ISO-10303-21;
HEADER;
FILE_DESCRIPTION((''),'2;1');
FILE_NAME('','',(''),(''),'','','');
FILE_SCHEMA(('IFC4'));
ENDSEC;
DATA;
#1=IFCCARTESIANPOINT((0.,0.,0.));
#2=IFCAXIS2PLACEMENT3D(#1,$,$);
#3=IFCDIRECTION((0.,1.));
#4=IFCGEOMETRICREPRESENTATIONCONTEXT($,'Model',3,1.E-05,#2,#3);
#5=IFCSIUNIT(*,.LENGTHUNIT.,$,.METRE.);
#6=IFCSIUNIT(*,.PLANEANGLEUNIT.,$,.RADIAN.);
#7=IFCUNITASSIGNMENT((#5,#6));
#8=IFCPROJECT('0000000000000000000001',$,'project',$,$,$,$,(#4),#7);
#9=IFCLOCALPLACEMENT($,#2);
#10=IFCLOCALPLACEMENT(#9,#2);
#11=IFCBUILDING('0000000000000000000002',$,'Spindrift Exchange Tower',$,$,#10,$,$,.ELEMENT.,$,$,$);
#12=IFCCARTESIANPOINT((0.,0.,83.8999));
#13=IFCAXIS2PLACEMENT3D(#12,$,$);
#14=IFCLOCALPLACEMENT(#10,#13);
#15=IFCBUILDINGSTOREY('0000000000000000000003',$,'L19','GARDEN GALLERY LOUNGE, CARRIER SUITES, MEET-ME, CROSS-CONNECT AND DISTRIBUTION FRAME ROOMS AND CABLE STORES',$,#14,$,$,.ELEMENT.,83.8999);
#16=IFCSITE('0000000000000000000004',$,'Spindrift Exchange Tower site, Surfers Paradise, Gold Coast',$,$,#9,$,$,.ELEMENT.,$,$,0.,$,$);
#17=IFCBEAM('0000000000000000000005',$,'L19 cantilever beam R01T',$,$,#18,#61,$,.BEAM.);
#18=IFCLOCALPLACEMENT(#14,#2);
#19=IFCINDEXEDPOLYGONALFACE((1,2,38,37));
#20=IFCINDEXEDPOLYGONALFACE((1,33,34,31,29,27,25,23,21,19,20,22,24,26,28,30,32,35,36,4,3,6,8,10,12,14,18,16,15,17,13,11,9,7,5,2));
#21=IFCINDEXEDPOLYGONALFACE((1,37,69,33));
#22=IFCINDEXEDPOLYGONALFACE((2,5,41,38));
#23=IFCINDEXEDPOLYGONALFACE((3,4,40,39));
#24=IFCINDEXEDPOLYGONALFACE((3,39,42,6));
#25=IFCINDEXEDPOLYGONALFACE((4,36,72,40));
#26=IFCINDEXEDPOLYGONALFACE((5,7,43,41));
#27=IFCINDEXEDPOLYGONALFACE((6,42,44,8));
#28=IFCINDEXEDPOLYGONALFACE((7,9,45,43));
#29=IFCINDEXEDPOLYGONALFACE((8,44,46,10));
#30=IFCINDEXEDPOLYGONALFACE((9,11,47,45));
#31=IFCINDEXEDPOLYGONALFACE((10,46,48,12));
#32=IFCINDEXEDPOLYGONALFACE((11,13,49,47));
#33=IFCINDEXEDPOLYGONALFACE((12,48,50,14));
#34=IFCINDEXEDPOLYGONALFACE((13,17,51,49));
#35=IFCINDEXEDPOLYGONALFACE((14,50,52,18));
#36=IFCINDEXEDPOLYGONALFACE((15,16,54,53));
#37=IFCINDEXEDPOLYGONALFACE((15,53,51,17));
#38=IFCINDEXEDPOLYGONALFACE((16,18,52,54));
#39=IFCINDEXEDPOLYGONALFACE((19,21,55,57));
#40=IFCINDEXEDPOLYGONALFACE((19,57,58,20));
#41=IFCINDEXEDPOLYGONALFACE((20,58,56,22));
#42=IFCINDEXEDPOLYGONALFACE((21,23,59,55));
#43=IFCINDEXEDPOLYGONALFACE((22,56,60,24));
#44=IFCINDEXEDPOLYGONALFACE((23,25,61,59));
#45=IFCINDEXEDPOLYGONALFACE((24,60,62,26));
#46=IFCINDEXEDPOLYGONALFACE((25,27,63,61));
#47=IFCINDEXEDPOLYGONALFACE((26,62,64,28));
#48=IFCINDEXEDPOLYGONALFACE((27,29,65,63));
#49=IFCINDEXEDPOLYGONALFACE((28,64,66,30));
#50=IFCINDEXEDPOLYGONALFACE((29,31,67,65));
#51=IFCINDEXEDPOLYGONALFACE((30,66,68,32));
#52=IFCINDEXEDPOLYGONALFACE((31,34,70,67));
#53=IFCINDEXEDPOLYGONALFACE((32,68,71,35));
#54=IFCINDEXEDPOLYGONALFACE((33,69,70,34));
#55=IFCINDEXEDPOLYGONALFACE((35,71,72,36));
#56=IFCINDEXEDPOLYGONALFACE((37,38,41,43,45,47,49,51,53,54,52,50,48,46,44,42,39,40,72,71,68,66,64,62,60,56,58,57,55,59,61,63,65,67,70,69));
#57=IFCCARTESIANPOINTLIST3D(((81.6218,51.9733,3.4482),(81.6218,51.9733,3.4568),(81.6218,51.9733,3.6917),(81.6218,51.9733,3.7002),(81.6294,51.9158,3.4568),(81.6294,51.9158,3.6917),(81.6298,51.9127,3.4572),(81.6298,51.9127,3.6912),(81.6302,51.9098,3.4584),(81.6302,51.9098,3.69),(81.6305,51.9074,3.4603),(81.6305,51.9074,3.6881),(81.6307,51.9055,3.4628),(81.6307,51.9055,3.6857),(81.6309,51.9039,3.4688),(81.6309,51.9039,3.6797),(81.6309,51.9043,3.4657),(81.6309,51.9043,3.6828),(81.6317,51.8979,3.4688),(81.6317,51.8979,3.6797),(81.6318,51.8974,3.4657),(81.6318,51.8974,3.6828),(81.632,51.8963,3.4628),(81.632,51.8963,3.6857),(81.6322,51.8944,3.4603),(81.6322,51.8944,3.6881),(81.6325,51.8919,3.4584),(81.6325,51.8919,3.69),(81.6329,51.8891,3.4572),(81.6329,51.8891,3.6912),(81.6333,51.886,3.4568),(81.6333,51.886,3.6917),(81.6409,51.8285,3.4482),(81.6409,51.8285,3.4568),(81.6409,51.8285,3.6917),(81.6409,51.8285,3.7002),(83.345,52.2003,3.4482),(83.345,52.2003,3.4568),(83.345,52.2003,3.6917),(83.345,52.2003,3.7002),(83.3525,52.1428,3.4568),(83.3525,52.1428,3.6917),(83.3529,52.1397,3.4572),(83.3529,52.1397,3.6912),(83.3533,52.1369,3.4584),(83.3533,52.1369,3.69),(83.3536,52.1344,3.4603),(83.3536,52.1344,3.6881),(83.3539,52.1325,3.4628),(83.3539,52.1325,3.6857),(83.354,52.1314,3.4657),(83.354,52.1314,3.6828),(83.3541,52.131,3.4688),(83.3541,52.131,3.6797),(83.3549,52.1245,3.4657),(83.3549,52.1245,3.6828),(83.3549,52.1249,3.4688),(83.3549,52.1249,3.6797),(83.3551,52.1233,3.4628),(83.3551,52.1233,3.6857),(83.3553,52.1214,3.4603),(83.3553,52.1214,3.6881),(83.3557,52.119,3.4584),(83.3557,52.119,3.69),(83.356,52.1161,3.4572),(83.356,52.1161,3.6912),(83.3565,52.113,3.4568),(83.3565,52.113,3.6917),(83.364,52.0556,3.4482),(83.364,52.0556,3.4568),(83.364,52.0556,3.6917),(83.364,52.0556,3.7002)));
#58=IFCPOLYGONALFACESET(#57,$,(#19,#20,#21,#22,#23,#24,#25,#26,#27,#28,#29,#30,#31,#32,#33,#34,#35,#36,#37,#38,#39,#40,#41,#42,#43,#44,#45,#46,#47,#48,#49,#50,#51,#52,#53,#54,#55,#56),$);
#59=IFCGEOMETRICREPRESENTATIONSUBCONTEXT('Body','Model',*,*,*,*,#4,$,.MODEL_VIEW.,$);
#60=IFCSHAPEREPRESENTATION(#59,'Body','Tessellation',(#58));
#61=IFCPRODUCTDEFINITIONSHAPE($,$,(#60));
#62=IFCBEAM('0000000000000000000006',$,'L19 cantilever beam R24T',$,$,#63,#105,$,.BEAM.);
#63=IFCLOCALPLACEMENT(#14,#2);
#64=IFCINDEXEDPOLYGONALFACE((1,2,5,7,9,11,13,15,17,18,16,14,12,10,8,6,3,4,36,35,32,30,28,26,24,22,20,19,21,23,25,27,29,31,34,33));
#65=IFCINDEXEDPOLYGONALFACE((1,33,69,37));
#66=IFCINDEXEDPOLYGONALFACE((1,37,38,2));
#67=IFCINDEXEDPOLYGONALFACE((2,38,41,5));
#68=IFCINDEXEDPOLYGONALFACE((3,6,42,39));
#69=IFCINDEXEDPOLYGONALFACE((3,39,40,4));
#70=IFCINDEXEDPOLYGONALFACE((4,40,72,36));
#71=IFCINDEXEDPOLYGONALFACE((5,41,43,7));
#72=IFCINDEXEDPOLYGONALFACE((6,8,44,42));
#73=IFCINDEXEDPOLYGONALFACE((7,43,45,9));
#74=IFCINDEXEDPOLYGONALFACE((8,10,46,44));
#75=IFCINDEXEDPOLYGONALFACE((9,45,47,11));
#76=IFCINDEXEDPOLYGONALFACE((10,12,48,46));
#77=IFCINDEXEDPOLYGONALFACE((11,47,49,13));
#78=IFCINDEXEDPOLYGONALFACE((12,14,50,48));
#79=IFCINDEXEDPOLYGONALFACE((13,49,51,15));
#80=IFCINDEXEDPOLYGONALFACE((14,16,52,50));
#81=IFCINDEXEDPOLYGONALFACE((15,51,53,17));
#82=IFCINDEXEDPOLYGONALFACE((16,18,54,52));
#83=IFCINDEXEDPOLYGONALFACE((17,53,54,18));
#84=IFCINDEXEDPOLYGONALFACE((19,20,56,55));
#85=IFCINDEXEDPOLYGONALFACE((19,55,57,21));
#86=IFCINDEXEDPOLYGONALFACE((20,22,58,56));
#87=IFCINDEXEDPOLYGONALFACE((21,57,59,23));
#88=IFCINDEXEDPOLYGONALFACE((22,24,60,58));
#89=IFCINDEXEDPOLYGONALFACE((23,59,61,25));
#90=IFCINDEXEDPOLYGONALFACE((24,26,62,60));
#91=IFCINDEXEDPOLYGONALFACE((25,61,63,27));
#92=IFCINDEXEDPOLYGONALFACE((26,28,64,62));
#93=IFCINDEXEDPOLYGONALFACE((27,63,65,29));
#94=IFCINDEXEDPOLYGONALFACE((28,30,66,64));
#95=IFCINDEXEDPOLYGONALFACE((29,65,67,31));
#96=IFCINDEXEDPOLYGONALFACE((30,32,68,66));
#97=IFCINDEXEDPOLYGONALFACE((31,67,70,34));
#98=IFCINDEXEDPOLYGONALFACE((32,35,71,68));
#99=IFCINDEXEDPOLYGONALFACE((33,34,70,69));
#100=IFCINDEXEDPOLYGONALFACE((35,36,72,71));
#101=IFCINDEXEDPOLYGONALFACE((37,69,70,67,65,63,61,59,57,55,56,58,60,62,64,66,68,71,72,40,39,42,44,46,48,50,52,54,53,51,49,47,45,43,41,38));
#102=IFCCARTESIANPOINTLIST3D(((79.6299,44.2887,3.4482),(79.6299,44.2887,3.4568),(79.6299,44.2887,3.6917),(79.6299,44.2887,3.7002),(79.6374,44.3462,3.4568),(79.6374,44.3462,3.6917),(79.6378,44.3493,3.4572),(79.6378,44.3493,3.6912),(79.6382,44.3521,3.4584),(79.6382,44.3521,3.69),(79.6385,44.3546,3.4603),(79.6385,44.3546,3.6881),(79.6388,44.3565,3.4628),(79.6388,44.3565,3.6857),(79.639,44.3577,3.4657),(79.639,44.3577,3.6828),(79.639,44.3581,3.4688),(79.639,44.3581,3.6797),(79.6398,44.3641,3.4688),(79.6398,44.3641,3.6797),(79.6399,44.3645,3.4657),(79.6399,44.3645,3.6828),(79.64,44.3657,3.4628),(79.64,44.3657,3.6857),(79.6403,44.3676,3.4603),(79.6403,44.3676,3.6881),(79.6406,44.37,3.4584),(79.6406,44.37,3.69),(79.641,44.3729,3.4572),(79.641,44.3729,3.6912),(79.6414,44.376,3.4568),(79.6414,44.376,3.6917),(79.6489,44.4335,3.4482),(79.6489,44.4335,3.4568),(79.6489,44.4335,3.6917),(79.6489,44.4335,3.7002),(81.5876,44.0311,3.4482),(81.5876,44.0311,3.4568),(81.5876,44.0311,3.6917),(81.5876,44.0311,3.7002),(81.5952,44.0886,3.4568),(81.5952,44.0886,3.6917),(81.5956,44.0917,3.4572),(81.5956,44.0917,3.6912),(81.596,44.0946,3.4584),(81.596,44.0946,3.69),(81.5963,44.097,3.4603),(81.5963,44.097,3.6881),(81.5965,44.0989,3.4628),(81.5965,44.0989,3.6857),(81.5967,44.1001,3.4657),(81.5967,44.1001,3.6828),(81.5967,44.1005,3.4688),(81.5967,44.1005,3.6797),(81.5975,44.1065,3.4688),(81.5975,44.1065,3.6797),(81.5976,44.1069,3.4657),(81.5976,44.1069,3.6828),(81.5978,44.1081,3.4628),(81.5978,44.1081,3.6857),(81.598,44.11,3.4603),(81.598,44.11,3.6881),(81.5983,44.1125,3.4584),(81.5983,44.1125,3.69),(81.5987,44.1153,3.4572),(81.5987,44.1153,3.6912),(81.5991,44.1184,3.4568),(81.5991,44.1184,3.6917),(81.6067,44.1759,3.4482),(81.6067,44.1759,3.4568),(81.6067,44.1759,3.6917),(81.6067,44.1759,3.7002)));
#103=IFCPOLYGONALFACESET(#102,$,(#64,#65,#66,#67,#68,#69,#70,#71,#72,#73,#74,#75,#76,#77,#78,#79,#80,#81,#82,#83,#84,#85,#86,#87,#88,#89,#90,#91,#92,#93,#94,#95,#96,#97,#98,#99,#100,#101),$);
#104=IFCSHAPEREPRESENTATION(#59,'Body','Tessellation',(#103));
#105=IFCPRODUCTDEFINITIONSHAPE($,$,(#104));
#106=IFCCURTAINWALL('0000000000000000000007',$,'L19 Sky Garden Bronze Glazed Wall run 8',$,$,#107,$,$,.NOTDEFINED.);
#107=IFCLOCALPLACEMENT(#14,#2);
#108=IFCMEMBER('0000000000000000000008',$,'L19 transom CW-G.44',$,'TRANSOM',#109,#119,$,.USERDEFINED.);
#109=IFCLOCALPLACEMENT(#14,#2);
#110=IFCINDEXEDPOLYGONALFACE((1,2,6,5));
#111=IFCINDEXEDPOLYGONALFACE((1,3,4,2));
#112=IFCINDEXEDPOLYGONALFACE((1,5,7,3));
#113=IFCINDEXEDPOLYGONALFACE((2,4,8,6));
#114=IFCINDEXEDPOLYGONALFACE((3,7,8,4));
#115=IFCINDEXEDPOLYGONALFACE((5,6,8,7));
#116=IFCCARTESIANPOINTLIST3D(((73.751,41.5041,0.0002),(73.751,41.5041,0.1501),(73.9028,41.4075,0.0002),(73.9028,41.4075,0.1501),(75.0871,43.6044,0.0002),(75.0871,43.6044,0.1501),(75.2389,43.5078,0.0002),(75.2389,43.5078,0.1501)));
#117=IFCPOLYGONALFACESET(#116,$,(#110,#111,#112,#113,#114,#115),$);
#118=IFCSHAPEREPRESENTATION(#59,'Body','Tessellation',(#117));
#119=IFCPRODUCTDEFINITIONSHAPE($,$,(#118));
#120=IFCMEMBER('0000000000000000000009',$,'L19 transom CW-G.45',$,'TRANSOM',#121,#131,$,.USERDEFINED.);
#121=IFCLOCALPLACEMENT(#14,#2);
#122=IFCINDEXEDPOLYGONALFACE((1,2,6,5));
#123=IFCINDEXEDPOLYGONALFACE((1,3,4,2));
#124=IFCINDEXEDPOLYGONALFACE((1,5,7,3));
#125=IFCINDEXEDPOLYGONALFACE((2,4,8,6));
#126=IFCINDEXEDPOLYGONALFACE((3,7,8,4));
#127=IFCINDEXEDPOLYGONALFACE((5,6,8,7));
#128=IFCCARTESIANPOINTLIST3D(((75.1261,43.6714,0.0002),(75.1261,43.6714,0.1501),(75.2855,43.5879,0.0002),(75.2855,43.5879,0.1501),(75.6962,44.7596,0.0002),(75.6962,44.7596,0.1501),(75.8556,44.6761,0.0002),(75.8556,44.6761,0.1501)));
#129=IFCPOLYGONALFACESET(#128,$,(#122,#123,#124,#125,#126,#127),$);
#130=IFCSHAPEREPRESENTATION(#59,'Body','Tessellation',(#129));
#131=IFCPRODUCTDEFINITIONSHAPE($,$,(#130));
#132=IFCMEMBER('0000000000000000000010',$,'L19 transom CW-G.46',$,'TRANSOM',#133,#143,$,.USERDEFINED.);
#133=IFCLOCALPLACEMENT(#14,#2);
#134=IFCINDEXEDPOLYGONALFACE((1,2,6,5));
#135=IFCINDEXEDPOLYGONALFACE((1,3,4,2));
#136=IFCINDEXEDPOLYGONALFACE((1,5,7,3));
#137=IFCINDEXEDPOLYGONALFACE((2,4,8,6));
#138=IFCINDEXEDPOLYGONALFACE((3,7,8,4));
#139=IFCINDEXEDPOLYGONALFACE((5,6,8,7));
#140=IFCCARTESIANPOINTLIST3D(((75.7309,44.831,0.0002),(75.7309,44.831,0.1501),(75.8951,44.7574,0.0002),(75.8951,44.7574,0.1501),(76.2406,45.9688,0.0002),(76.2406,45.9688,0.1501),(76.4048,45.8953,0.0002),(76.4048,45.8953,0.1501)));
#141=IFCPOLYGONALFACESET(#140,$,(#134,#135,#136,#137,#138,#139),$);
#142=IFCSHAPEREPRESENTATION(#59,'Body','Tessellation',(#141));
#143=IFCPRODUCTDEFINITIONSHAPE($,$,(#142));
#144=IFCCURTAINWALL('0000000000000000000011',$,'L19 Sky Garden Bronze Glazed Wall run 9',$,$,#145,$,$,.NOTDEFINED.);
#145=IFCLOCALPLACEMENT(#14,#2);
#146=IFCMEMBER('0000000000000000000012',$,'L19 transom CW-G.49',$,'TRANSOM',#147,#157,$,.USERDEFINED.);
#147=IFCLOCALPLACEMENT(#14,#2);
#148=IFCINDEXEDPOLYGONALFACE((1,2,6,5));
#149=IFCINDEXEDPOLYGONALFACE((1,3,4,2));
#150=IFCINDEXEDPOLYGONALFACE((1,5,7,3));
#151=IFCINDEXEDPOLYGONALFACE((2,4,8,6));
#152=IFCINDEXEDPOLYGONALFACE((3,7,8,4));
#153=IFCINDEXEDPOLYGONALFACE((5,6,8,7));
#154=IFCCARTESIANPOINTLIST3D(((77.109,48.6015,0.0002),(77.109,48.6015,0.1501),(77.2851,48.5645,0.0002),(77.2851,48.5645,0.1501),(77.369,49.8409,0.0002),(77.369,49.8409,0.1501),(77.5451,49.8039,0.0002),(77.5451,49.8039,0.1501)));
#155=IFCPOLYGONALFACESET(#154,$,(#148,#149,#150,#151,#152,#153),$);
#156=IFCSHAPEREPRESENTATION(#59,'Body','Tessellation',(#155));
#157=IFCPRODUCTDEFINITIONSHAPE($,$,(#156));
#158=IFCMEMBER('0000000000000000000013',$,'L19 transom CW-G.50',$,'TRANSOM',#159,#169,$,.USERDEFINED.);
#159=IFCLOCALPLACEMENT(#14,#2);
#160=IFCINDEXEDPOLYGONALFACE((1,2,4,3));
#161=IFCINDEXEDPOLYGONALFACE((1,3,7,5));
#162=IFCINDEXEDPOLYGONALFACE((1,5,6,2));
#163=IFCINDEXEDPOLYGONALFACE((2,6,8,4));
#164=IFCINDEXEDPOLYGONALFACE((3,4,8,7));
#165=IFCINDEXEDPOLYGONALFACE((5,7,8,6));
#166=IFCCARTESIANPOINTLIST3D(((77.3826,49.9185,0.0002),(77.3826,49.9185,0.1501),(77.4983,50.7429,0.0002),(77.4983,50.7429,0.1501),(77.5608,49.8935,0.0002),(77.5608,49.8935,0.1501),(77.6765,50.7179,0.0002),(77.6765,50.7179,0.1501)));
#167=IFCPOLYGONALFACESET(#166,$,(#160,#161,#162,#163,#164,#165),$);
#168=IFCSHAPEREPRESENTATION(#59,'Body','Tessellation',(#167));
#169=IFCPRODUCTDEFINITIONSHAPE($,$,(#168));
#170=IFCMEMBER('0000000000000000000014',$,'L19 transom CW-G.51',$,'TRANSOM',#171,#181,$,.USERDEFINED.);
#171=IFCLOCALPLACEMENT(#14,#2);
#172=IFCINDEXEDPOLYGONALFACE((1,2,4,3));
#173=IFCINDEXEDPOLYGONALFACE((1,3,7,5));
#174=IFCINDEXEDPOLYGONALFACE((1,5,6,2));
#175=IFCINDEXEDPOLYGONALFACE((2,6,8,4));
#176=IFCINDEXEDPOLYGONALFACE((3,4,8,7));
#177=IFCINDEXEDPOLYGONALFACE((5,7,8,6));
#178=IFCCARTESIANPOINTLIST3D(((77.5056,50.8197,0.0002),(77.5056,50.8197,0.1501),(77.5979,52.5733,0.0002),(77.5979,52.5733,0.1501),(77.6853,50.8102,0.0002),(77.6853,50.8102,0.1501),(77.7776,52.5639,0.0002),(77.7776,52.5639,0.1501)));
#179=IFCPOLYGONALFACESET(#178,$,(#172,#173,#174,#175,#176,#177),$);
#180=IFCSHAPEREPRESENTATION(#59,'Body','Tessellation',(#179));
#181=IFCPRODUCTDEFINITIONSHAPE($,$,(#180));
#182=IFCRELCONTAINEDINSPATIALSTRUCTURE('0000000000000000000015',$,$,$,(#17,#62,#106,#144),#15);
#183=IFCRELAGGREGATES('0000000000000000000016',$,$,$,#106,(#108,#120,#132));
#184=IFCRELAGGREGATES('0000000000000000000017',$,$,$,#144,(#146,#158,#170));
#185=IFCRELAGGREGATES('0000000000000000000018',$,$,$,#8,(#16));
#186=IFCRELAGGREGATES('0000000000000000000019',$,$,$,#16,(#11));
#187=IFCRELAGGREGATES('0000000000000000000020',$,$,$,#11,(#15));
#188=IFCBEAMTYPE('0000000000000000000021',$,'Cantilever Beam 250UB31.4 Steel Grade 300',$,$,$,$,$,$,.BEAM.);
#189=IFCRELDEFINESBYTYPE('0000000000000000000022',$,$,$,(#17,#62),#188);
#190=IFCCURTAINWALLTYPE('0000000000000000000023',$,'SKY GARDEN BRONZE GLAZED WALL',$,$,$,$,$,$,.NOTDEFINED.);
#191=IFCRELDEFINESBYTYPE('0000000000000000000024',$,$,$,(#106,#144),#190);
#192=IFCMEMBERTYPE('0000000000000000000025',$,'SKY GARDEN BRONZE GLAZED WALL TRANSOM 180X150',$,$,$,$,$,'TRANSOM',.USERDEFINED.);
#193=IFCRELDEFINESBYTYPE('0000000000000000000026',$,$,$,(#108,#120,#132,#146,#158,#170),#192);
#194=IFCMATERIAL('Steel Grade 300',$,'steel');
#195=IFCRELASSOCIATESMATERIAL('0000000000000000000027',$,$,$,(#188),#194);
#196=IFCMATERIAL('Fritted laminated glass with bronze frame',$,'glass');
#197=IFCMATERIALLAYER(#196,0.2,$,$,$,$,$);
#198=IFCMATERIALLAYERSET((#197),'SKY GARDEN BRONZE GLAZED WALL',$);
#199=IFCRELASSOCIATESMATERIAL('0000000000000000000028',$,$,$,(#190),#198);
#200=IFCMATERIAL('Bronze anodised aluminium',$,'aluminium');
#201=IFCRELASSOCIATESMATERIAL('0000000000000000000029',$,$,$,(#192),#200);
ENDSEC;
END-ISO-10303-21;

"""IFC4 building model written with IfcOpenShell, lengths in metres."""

from ifc_helpers import new_model, si_unit, direction, frame, origin, origin_2d, place, context, subcontext, project, spatial, rectangle, i_section, extrude, source, transform, mapped, material, layer, layer_set, material_profile, profile_set, type_object, element, aggregate, save


model = new_model("IFC4")

# Units and contexts
model_context = context("Model", 3, precision=1e-05, world=origin(), true_north=direction((0.0, 1.0)))
body_context = subcontext(model_context, "Body", "Model", "MODEL_VIEW")
ifc_project = project(units=[si_unit("LENGTHUNIT", "METRE"), si_unit("PLANEANGLEUNIT", "RADIAN")], contexts=[model_context])

# Site, building, storey
site_placement = place(None, origin())
site = spatial("IfcSite", under=ifc_project, at=site_placement, Name="Spindrift Exchange Tower site, Surfers Paradise, Gold Coast", CompositionType="ELEMENT", RefElevation=0.0)
building_placement = place(site_placement, origin())
building = spatial("IfcBuilding", under=site, at=building_placement, Name="Spindrift Exchange Tower", CompositionType="ELEMENT")
storey_placement = place(building_placement, frame((0.0, 0.0, 83.8999)))
storey = spatial("IfcBuildingStorey", under=building, at=storey_placement, Name="L19", Description="GARDEN GALLERY LOUNGE, CARRIER SUITES, MEET-ME, CROSS-CONNECT AND DISTRIBUTION FRAME ROOMS AND CABLE STORES", CompositionType="ELEMENT", Elevation=83.8999)

# Beams
ifc_material_1 = material(Name="Steel Grade 300", Category="steel")
ifc_material_profile_1 = material_profile(ifc_material_1, i_section(OverallWidth=0.146, OverallDepth=0.252, WebThickness=0.0061, FlangeThickness=0.0085, FilletRadius=0.012, at=origin_2d()), Name="250UB31.4")
ifc_profile_set_1 = profile_set([ifc_material_profile_1], Name="Steel Grade 300")
beam_type_1 = type_object("IfcBeamType", Name="Cantilever Beam 250UB31.4 Steel Grade 300", PredefinedType="BEAM", material=ifc_profile_set_1)
shared_shape_1 = source(origin(), body_context, "Body", "SweptSolid", [
    extrude(i_section(OverallWidth=0.146, OverallDepth=0.252, WebThickness=0.0061, FlangeThickness=0.0085, FilletRadius=0.012, at=origin_2d()), origin(), (0.0, 0.0, 1.0), 1.738),
])
beam_1_placement = place(storey_placement, frame((81.6313, 51.9009, 3.5742), z_axis=(0.99143, 0.130636, 0.0), x_axis=(-0.130636, 0.99143, 0.0)))
element("IfcBeam", 1, at=beam_1_placement, inside=storey, type_object=beam_type_1, Name="L19 cantilever beam R01T", PredefinedType="BEAM", context=body_context, shape_type="MappedRepresentation", body=[
    mapped(shared_shape_1, transform((0.0, 0.0, 0.0), scale=1.0)),
])
shared_shape_2 = source(origin(), body_context, "Body", "SweptSolid", [
    extrude(i_section(OverallWidth=0.146, OverallDepth=0.252, WebThickness=0.0061, FlangeThickness=0.0085, FilletRadius=0.012, at=origin_2d()), origin(), (0.0, 0.0, 1.0), 1.9746),
])
beam_2_placement = place(storey_placement, frame((79.6394, 44.3611, 3.5742), z_axis=(0.991456, -0.130439, 0.0), x_axis=(0.130439, 0.991456, 0.0)))
element("IfcBeam", 2, at=beam_2_placement, inside=storey, type_object=beam_type_1, Name="L19 cantilever beam R24T", PredefinedType="BEAM", context=body_context, shape_type="MappedRepresentation", body=[
    mapped(shared_shape_2, transform((0.0, 0.0, 0.0), scale=1.0)),
])

# Curtain walls, members
ifc_material_2 = material(Name="Fritted laminated glass with bronze frame", Category="glass")
ifc_layer_1 = layer(ifc_material_2, 0.2)
ifc_layer_set_1 = layer_set([ifc_layer_1], Name="SKY GARDEN BRONZE GLAZED WALL")
curtain_wall_type = type_object("IfcCurtainWallType", Name="SKY GARDEN BRONZE GLAZED WALL", PredefinedType="NOTDEFINED", material=ifc_layer_set_1)
curtain_wall_1_placement = place(storey_placement, origin())
curtain_wall_1 = element("IfcCurtainWall", 3, at=curtain_wall_1_placement, inside=storey, type_object=curtain_wall_type, Name="L19 Sky Garden Bronze Glazed Wall run 8", PredefinedType="NOTDEFINED")
ifc_material_3 = material(Name="Bronze anodised aluminium", Category="aluminium")
ifc_material_profile_2 = material_profile(ifc_material_3, rectangle(XDim=0.1799, YDim=0.1499, at=origin_2d()), Name="SKY GARDEN BRONZE GLAZED WALL TRANSOM 180X150")
ifc_profile_set_2 = profile_set([ifc_material_profile_2], Name="Bronze anodised aluminium")
member_type_1 = type_object("IfcMemberType", Name="SKY GARDEN BRONZE GLAZED WALL TRANSOM 180X150", ElementType="TRANSOM", PredefinedType="USERDEFINED", material=ifc_profile_set_2)
shared_shape_3 = source(origin(), body_context, "Body", "SweptSolid", [
    extrude(rectangle(XDim=0.1799, YDim=0.1499, at=origin_2d()), origin(), (0.0, 0.0, 1.0), 2.4893),
])
member_1_placement = place(storey_placement, frame((73.8269, 41.4558, 0.0752), z_axis=(0.536761, 0.843734, 0.0), x_axis=(-0.843734, 0.536761, 0.0)))
member_1 = element("IfcMember", 4, at=member_1_placement, type_object=member_type_1, Name="L19 transom CW-G.44", ObjectType="TRANSOM", PredefinedType="USERDEFINED", context=body_context, shape_type="MappedRepresentation", body=[
    mapped(shared_shape_3, transform((0.0, 0.0, 0.0), scale=1.0)),
])
shared_shape_4 = source(origin(), body_context, "Body", "SweptSolid", [
    extrude(rectangle(XDim=0.1799, YDim=0.1499, at=origin_2d()), origin(), (0.0, 0.0, 1.0), 1.2285),
])
member_2_placement = place(storey_placement, frame((75.2058, 43.6296, 0.0752), z_axis=(0.464066, 0.8858, 0.0), x_axis=(-0.8858, 0.464066, 0.0)))
member_2 = element("IfcMember", 5, at=member_2_placement, type_object=member_type_1, Name="L19 transom CW-G.45", ObjectType="TRANSOM", PredefinedType="USERDEFINED", context=body_context, shape_type="MappedRepresentation", body=[
    mapped(shared_shape_4, transform((0.0, 0.0, 0.0), scale=1.0)),
])
shared_shape_5 = source(origin(), body_context, "Body", "SweptSolid", [
    extrude(rectangle(XDim=0.1799, YDim=0.1499, at=origin_2d()), origin(), (0.0, 0.0, 1.0), 1.2468),
])
member_3_placement = place(storey_placement, frame((75.813, 44.7942, 0.0752), z_axis=(0.408825, 0.912613, 0.0), x_axis=(-0.912613, 0.408825, 0.0)))
member_3 = element("IfcMember", 6, at=member_3_placement, type_object=member_type_1, Name="L19 transom CW-G.46", ObjectType="TRANSOM", PredefinedType="USERDEFINED", context=body_context, shape_type="MappedRepresentation", body=[
    mapped(shared_shape_5, transform((0.0, 0.0, 0.0), scale=1.0)),
])
curtain_wall_2_placement = place(storey_placement, origin())
curtain_wall_2 = element("IfcCurtainWall", 7, at=curtain_wall_2_placement, inside=storey, type_object=curtain_wall_type, Name="L19 Sky Garden Bronze Glazed Wall run 9", PredefinedType="NOTDEFINED")
shared_shape_6 = source(origin(), body_context, "Body", "SweptSolid", [
    extrude(rectangle(XDim=0.1799, YDim=0.1499, at=origin_2d()), origin(), (0.0, 0.0, 1.0), 1.2664),
])
member_4_placement = place(storey_placement, frame((77.197, 48.583, 0.0752), z_axis=(0.20534, 0.978691, 0.0), x_axis=(-0.978691, 0.20534, 0.0)))
member_4 = element("IfcMember", 8, at=member_4_placement, type_object=member_type_1, Name="L19 transom CW-G.49", ObjectType="TRANSOM", PredefinedType="USERDEFINED", context=body_context, shape_type="MappedRepresentation", body=[
    mapped(shared_shape_6, transform((0.0, 0.0, 0.0), scale=1.0)),
])
shared_shape_7 = source(origin(), body_context, "Body", "SweptSolid", [
    extrude(rectangle(XDim=0.1799, YDim=0.1499, at=origin_2d()), origin(), (0.0, 0.0, 1.0), 0.8325),
])
member_5_placement = place(storey_placement, frame((77.4717, 49.906, 0.0752), z_axis=(0.138999, 0.990293, 0.0), x_axis=(-0.990293, 0.138999, 0.0)))
member_5 = element("IfcMember", 9, at=member_5_placement, type_object=member_type_1, Name="L19 transom CW-G.50", ObjectType="TRANSOM", PredefinedType="USERDEFINED", context=body_context, shape_type="MappedRepresentation", body=[
    mapped(shared_shape_7, transform((0.0, 0.0, 0.0), scale=1.0)),
])
shared_shape_8 = source(origin(), body_context, "Body", "SweptSolid", [
    extrude(rectangle(XDim=0.1799, YDim=0.1499, at=origin_2d()), origin(), (0.0, 0.0, 1.0), 1.7561),
])
member_6_placement = place(storey_placement, frame((77.5955, 50.8149, 0.0752), z_axis=(0.052552, 0.998618, 0.0), x_axis=(-0.998618, 0.052552, 0.0)))
member_6 = element("IfcMember", 10, at=member_6_placement, type_object=member_type_1, Name="L19 transom CW-G.51", ObjectType="TRANSOM", PredefinedType="USERDEFINED", context=body_context, shape_type="MappedRepresentation", body=[
    mapped(shared_shape_8, transform((0.0, 0.0, 0.0), scale=1.0)),
])

aggregate(curtain_wall_1, [member_1, member_2, member_3])
aggregate(curtain_wall_2, [member_4, member_5, member_6])

save(model, "model.ifc")
